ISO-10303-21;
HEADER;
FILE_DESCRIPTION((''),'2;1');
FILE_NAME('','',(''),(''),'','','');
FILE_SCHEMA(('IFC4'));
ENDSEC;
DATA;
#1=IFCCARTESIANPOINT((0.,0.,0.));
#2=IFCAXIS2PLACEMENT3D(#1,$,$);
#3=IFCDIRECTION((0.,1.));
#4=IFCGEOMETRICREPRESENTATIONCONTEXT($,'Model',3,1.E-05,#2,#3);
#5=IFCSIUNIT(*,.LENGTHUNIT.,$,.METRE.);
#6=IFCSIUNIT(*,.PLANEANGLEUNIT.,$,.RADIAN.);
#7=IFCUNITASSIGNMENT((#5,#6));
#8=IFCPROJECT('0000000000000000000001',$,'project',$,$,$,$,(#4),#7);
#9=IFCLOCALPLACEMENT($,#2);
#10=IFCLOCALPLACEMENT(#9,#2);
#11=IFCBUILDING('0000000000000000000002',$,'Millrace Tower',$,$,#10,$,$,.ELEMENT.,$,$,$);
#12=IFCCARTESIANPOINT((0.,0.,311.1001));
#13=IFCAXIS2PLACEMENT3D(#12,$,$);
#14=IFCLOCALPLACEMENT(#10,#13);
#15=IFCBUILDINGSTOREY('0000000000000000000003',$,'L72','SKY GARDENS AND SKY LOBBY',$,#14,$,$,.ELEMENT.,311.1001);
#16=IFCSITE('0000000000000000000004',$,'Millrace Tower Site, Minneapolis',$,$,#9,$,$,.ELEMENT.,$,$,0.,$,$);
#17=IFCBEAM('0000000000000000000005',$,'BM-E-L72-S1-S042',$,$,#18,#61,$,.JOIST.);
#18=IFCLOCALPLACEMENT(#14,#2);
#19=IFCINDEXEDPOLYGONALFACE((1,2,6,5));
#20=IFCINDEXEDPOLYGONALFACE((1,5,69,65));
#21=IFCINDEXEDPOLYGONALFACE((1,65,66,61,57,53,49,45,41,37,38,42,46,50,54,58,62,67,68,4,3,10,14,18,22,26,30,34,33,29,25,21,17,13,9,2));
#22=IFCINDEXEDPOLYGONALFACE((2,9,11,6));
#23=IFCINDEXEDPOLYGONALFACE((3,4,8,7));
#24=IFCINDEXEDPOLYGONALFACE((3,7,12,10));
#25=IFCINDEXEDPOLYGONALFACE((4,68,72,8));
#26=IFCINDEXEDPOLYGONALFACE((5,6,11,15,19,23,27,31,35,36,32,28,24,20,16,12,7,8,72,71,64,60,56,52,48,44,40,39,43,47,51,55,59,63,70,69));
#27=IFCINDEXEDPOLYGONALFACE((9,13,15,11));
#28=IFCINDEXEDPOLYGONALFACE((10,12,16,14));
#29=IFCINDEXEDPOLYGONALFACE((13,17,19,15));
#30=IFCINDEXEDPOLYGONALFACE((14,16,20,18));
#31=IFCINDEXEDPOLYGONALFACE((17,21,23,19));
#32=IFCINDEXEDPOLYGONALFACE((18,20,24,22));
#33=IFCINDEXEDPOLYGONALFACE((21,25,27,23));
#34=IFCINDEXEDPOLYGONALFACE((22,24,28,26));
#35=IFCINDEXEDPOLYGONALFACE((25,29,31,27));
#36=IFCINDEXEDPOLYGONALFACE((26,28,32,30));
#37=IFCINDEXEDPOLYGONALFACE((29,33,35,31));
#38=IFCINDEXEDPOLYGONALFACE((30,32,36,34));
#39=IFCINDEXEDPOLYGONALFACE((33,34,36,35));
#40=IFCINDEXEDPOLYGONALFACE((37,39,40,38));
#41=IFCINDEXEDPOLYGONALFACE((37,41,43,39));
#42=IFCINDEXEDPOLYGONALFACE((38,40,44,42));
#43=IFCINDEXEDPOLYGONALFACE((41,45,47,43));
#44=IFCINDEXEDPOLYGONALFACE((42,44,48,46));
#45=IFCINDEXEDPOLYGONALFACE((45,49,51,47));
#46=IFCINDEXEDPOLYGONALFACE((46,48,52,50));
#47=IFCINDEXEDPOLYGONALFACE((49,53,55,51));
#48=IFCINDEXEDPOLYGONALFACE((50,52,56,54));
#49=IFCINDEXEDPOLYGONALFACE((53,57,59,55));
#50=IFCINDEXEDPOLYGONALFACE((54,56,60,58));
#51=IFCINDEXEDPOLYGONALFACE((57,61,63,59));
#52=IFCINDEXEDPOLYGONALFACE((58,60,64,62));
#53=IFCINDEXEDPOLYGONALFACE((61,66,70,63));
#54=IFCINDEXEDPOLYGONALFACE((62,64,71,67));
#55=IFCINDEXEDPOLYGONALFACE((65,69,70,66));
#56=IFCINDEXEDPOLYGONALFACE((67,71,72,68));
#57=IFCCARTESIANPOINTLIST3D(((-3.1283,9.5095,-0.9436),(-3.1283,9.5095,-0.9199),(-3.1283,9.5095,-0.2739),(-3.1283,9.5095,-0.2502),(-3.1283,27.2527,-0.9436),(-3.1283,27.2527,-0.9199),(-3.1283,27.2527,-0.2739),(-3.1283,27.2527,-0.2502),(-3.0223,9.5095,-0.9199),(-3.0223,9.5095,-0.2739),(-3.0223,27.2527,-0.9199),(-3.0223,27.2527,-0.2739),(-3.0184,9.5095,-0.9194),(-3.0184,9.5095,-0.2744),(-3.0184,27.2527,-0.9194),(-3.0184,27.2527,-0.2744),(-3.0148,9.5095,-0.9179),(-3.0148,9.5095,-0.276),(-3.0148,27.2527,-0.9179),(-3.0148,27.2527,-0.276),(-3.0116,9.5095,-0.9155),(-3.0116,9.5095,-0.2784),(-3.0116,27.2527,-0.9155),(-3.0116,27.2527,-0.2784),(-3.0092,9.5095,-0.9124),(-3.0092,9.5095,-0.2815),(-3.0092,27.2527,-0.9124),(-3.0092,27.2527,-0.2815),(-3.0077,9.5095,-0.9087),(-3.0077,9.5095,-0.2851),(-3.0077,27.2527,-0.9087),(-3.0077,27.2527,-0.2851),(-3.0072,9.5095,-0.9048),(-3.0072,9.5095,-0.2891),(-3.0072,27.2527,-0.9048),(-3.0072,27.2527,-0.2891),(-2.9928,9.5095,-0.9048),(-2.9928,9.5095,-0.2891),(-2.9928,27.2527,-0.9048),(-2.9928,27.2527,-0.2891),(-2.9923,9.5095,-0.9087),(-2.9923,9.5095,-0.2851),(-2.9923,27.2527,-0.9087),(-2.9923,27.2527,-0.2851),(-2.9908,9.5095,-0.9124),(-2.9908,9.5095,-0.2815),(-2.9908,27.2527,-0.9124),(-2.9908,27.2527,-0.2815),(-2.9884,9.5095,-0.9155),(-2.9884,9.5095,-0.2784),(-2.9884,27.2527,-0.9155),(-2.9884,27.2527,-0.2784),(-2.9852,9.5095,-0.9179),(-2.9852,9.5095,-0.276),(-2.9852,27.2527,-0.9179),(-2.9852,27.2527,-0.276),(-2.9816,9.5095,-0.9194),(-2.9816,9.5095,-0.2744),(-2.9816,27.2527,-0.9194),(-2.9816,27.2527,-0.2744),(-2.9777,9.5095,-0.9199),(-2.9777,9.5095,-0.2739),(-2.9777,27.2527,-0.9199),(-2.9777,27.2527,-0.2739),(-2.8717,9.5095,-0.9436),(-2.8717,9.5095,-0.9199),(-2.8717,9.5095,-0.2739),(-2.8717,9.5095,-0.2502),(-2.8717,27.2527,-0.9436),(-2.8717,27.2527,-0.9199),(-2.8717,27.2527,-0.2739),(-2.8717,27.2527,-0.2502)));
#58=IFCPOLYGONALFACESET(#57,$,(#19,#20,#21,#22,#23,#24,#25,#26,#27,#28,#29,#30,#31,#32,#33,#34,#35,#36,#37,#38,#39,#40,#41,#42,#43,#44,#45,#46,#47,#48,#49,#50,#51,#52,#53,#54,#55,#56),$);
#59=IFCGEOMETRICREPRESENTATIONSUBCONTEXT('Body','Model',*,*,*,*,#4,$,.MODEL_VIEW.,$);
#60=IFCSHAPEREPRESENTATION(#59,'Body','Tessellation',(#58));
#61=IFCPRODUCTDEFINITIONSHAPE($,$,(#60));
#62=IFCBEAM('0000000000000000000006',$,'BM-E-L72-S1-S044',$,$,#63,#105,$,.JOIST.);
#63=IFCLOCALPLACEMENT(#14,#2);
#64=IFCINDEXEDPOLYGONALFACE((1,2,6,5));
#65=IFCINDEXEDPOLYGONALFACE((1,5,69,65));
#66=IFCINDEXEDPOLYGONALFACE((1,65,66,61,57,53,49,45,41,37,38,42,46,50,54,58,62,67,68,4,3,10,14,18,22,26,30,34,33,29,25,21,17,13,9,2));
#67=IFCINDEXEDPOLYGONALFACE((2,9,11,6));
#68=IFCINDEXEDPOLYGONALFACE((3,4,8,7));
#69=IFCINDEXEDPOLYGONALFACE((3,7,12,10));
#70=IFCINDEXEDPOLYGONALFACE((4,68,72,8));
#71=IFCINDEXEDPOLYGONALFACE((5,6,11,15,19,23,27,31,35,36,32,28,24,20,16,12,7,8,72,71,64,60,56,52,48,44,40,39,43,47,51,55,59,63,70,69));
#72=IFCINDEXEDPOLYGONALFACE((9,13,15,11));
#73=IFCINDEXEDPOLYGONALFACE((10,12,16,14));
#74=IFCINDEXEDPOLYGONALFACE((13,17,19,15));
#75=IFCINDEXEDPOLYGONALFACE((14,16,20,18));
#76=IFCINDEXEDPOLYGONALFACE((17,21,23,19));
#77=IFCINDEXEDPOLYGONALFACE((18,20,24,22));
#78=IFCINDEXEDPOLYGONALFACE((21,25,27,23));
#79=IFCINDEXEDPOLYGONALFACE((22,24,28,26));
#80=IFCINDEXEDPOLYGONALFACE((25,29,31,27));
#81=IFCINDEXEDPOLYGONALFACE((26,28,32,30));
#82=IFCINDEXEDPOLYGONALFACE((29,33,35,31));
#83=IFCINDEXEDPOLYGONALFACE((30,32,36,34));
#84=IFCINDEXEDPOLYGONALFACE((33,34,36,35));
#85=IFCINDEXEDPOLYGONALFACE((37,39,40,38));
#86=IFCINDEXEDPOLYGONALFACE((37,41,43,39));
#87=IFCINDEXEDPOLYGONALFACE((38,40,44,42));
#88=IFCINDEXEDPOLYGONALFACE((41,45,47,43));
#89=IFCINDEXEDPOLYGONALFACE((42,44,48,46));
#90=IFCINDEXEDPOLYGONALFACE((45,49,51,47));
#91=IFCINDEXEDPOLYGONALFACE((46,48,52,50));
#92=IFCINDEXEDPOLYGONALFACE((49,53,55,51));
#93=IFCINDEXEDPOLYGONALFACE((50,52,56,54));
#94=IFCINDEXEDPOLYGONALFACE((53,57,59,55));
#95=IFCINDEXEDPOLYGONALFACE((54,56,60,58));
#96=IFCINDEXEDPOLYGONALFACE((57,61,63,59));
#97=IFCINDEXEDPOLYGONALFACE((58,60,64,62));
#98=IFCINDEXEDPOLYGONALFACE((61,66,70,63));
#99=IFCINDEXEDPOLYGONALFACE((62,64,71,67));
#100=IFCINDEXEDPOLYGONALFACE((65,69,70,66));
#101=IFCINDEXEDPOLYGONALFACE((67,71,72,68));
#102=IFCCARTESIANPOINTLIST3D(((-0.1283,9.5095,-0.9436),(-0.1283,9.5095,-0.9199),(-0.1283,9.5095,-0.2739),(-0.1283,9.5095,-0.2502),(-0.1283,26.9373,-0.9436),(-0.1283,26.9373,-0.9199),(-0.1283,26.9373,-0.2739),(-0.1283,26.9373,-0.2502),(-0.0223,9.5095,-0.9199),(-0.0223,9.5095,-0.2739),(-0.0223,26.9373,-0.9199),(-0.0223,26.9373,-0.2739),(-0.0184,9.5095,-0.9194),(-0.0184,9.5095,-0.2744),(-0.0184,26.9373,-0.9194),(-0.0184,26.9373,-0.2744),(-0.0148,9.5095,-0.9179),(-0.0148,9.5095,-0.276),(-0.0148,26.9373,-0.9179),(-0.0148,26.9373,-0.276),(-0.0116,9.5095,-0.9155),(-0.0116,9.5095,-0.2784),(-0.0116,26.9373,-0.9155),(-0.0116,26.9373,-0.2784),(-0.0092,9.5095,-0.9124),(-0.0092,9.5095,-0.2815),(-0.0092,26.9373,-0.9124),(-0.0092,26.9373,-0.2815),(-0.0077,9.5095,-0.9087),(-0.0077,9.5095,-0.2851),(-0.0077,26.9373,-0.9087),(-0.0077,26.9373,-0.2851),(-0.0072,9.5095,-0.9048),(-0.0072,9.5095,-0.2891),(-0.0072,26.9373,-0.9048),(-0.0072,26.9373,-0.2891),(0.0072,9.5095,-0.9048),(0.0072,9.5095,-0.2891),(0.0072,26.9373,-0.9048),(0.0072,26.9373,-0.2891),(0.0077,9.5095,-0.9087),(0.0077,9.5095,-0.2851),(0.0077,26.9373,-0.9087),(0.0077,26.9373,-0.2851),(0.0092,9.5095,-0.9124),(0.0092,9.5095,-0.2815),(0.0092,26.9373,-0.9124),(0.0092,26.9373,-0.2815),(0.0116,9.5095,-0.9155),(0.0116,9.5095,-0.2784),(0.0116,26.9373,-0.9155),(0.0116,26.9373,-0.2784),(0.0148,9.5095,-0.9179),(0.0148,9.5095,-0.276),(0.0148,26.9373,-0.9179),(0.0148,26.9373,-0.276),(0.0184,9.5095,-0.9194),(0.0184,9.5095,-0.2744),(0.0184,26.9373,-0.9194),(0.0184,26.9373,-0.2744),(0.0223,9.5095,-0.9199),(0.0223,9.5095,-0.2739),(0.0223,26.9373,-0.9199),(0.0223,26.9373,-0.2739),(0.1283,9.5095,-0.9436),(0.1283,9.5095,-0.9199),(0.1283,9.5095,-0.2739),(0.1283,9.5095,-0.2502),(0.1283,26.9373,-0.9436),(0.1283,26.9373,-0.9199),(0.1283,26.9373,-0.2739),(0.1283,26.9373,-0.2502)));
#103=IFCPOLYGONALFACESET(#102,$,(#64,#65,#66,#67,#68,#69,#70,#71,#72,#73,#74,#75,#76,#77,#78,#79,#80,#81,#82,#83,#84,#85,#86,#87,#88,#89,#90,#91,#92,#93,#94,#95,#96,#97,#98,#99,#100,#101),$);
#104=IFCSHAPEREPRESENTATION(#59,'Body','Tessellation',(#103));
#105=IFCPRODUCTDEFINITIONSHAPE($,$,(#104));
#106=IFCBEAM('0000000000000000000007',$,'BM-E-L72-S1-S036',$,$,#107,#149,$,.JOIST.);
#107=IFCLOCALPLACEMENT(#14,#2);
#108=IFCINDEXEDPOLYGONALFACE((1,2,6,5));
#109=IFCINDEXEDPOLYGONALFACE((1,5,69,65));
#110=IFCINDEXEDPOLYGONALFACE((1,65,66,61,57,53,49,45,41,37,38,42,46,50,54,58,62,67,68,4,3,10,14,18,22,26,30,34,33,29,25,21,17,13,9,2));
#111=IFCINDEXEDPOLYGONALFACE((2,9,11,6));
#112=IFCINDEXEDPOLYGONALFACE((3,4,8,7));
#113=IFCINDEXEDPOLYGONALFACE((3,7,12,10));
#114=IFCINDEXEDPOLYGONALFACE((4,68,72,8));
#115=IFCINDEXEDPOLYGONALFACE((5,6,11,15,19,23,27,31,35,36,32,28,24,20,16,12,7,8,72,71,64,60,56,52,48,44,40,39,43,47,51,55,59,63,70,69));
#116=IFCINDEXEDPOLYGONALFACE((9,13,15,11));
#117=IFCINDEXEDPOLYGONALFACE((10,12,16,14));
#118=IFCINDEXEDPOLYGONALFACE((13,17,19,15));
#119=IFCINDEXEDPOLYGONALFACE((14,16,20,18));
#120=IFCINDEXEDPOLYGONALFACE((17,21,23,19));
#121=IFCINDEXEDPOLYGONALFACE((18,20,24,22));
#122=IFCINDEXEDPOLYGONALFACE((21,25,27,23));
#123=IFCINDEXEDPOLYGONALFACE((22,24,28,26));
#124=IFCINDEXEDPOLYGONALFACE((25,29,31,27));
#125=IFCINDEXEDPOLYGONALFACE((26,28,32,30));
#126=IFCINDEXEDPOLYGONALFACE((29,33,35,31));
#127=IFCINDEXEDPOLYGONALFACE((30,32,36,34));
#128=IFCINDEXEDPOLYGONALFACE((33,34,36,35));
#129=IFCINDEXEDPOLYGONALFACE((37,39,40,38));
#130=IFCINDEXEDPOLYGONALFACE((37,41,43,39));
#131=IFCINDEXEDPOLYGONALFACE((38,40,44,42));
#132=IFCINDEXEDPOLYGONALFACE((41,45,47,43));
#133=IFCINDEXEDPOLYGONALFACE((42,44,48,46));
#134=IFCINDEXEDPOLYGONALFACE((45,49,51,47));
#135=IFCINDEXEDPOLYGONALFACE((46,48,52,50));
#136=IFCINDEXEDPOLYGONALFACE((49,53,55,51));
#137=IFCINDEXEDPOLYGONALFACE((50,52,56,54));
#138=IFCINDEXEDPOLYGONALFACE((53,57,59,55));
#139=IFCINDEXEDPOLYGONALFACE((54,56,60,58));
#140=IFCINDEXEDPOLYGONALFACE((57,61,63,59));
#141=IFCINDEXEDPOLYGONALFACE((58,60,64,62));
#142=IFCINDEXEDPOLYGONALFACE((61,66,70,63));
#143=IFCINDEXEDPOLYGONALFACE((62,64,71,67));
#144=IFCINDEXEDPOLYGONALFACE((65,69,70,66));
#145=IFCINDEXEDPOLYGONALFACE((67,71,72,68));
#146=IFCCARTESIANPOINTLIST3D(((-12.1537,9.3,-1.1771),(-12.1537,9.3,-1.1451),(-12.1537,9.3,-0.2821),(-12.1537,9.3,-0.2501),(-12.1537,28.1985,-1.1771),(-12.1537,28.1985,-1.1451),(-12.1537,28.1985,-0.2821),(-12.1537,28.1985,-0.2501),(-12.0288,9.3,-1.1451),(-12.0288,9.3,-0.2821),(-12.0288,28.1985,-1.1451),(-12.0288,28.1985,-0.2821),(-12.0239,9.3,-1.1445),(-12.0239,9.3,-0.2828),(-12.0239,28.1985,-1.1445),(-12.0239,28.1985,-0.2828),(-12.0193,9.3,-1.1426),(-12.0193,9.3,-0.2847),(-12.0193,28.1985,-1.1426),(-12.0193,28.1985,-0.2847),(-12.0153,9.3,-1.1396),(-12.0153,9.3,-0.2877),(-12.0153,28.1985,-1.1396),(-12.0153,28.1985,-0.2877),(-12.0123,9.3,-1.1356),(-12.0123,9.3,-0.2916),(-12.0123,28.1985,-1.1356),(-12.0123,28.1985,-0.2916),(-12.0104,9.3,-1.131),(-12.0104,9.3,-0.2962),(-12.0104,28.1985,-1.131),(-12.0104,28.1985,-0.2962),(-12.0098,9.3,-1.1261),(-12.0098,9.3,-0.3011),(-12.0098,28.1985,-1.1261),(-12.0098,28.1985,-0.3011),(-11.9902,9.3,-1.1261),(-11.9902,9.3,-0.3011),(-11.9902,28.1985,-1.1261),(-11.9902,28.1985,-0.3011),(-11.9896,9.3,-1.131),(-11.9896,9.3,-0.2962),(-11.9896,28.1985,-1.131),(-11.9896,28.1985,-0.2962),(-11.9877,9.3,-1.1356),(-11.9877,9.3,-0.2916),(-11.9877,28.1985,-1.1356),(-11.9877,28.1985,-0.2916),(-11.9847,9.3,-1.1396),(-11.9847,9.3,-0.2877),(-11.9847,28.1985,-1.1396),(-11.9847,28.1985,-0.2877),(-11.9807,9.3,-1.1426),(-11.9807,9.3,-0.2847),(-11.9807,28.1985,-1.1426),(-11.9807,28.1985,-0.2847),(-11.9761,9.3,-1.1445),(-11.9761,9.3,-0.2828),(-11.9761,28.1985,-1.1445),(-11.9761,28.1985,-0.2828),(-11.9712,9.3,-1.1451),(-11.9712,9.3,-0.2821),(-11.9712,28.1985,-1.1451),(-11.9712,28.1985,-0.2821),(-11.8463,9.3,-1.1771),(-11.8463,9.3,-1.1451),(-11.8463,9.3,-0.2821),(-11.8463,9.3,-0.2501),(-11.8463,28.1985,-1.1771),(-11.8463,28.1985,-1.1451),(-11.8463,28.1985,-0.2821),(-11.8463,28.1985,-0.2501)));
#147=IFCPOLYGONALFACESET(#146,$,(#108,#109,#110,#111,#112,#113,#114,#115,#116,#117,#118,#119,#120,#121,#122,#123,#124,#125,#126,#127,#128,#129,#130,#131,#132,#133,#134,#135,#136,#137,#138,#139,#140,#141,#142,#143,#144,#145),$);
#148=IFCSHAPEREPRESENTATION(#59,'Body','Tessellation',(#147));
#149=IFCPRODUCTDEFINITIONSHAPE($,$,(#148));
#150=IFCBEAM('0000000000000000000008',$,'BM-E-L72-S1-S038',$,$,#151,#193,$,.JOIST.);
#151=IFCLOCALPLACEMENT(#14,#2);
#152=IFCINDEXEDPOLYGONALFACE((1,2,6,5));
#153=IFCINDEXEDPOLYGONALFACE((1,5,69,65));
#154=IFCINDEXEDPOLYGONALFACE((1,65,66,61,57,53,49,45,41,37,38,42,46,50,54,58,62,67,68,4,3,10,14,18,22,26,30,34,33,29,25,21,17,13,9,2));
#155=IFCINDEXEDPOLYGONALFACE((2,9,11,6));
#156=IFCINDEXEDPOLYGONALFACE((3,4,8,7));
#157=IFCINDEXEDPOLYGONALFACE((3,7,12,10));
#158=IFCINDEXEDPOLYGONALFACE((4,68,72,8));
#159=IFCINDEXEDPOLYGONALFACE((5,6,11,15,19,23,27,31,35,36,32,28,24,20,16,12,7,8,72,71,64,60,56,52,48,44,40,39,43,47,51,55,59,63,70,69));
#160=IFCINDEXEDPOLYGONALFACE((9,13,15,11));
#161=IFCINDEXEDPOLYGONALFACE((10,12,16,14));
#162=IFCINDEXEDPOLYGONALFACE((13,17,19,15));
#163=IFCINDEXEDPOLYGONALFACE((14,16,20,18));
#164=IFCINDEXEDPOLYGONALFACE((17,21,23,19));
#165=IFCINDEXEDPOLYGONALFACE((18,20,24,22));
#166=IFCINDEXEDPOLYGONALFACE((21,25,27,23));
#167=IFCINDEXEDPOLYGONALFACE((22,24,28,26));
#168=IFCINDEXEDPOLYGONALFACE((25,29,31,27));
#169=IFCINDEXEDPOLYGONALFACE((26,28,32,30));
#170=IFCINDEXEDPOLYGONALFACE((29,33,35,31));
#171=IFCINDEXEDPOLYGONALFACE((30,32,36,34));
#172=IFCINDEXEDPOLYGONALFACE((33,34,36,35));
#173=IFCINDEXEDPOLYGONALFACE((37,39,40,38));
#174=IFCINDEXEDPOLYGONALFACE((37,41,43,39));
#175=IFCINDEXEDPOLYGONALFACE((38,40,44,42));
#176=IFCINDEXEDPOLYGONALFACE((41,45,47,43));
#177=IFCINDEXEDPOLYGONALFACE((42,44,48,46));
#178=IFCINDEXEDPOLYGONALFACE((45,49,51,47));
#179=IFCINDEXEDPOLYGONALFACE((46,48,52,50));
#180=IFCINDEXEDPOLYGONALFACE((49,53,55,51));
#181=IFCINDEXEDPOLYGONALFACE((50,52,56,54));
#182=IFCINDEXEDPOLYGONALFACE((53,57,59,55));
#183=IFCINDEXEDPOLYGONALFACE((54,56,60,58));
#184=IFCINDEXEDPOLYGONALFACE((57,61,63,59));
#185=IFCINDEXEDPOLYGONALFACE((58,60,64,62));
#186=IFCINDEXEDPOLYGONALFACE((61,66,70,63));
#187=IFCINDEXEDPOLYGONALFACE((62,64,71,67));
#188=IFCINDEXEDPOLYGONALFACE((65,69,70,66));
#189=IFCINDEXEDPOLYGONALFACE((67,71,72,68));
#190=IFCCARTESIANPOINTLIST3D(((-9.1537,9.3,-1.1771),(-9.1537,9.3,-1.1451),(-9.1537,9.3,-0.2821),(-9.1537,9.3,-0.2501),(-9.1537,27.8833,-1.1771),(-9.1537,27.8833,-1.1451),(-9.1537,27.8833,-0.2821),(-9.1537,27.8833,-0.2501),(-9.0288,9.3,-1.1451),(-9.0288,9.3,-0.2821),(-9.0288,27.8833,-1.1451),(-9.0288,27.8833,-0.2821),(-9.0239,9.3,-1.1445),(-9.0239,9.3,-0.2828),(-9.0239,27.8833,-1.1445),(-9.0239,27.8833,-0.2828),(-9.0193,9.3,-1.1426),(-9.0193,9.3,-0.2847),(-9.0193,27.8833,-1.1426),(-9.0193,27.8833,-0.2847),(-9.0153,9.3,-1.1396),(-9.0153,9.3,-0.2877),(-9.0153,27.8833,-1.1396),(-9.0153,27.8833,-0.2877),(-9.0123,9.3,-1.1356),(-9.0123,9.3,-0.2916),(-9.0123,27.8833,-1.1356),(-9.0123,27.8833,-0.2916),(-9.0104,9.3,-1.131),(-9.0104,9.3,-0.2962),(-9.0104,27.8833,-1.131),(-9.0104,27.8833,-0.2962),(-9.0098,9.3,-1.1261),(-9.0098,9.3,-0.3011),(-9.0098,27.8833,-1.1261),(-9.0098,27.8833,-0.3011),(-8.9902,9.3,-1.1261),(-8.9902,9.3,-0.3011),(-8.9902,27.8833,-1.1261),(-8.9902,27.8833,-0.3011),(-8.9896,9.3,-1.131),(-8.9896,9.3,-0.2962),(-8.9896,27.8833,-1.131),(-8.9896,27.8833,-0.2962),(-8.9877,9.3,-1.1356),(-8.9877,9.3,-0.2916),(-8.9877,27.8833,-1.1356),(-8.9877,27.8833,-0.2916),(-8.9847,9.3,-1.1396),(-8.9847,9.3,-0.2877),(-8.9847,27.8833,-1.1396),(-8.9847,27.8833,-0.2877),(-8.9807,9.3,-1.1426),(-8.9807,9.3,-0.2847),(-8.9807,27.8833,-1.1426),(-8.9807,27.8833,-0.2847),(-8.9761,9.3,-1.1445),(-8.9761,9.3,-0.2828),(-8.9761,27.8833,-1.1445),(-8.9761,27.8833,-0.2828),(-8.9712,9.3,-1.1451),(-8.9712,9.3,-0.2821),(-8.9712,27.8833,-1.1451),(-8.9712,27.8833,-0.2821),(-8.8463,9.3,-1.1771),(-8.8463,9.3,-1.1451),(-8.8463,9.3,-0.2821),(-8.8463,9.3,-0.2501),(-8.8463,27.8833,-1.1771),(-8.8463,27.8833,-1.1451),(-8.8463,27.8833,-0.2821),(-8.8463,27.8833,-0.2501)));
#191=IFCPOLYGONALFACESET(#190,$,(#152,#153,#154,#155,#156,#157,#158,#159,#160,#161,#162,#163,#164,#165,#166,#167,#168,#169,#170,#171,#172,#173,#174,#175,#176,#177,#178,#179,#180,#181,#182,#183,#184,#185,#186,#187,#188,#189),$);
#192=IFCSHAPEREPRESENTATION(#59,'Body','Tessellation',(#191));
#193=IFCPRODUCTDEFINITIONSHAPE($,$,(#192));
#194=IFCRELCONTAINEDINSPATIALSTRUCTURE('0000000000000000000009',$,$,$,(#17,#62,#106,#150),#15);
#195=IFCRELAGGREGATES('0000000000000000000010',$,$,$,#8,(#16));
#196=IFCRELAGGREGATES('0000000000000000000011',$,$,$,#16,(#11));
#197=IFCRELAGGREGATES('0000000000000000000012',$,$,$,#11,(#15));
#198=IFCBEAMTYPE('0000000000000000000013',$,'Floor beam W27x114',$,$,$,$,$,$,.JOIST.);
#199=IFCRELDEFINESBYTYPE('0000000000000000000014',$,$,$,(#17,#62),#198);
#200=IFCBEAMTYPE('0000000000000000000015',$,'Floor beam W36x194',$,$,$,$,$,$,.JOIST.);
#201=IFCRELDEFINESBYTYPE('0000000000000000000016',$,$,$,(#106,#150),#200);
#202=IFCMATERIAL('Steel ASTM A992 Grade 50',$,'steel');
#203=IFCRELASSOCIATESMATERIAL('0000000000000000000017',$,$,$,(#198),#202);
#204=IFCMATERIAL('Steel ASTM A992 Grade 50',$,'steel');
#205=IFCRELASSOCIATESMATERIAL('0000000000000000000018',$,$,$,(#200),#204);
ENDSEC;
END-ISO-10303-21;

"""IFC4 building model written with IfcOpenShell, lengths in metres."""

from ifc_helpers import new_model, si_unit, direction, frame, origin, origin_2d, place, context, subcontext, project, spatial, i_section, extrude, material, material_profile, profile_set, type_object, element, save


model = new_model("IFC4")

# Units and contexts
model_context = context("Model", 3, precision=1e-05, world=origin(), true_north=direction((0.0, 1.0)))
body_context = subcontext(model_context, "Body", "Model", "MODEL_VIEW")
ifc_project = project(units=[si_unit("LENGTHUNIT", "METRE"), si_unit("PLANEANGLEUNIT", "RADIAN")], contexts=[model_context])

# Site, building, storey
site_placement = place(None, origin())
site = spatial("IfcSite", under=ifc_project, at=site_placement, Name="Millrace Tower Site, Minneapolis", CompositionType="ELEMENT", RefElevation=0.0)
building_placement = place(site_placement, origin())
building = spatial("IfcBuilding", under=site, at=building_placement, Name="Millrace Tower", CompositionType="ELEMENT")
storey_placement = place(building_placement, frame((0.0, 0.0, 311.1001)))
storey = spatial("IfcBuildingStorey", under=building, at=storey_placement, Name="L72", Description="SKY GARDENS AND SKY LOBBY", CompositionType="ELEMENT", Elevation=311.1001)

# Beams
ifc_material_1 = material(Name="Steel ASTM A992 Grade 50", Category="steel")
ifc_material_profile_1 = material_profile(ifc_material_1, i_section(OverallWidth=0.2566, OverallDepth=0.6934, WebThickness=0.0144, FlangeThickness=0.0237, FilletRadius=0.0151, at=origin_2d()))
ifc_profile_set_1 = profile_set([ifc_material_profile_1], Name="Steel ASTM A992 Grade 50")
beam_type_1 = type_object("IfcBeamType", Name="Floor beam W27x114", PredefinedType="JOIST", material=ifc_profile_set_1)
beam_1_placement = place(storey_placement, frame((-3.0, 9.5095, -0.5969), z_axis=(0.0, 1.0, 0.0), x_axis=(-1.0, 0.0, 0.0)))
element("IfcBeam", 1, at=beam_1_placement, inside=storey, type_object=beam_type_1, Name="BM-E-L72-S1-S042", PredefinedType="JOIST", context=body_context, shape_type="SweptSolid", body=[
    extrude(i_section(OverallWidth=0.2566, OverallDepth=0.6934, WebThickness=0.0144, FlangeThickness=0.0237, FilletRadius=0.0151, at=origin_2d()), origin(), (0.0, 0.0, 1.0), 17.7432),
])
beam_2_placement = place(storey_placement, frame((0.0, 9.5095, -0.5969), z_axis=(0.0, 1.0, 0.0), x_axis=(-1.0, 0.0, 0.0)))
element("IfcBeam", 2, at=beam_2_placement, inside=storey, type_object=beam_type_1, Name="BM-E-L72-S1-S044", PredefinedType="JOIST", context=body_context, shape_type="SweptSolid", body=[
    extrude(i_section(OverallWidth=0.2566, OverallDepth=0.6934, WebThickness=0.0144, FlangeThickness=0.0237, FilletRadius=0.0151, at=origin_2d()), origin(), (0.0, 0.0, 1.0), 17.4277),
])
ifc_material_2 = material(Name="Steel ASTM A992 Grade 50", Category="steel")
ifc_material_profile_2 = material_profile(ifc_material_2, i_section(OverallWidth=0.3074, OverallDepth=0.927, WebThickness=0.0195, FlangeThickness=0.032, FilletRadius=0.019, at=origin_2d()))
ifc_profile_set_2 = profile_set([ifc_material_profile_2], Name="Steel ASTM A992 Grade 50")
beam_type_2 = type_object("IfcBeamType", Name="Floor beam W36x194", PredefinedType="JOIST", material=ifc_profile_set_2)
beam_3_placement = place(storey_placement, frame((-12.0, 9.3, -0.7136), z_axis=(0.0, 1.0, 0.0), x_axis=(-1.0, 0.0, 0.0)))
element("IfcBeam", 3, at=beam_3_placement, inside=storey, type_object=beam_type_2, Name="BM-E-L72-S1-S036", PredefinedType="JOIST", context=body_context, shape_type="SweptSolid", body=[
    extrude(i_section(OverallWidth=0.3074, OverallDepth=0.927, WebThickness=0.0195, FlangeThickness=0.032, FilletRadius=0.019, at=origin_2d()), origin(), (0.0, 0.0, 1.0), 18.8984),
])
beam_4_placement = place(storey_placement, frame((-9.0, 9.3, -0.7136), z_axis=(0.0, 1.0, 0.0), x_axis=(-1.0, 0.0, 0.0)))
element("IfcBeam", 4, at=beam_4_placement, inside=storey, type_object=beam_type_2, Name="BM-E-L72-S1-S038", PredefinedType="JOIST", context=body_context, shape_type="SweptSolid", body=[
    extrude(i_section(OverallWidth=0.3074, OverallDepth=0.927, WebThickness=0.0195, FlangeThickness=0.032, FilletRadius=0.019, at=origin_2d()), origin(), (0.0, 0.0, 1.0), 18.5833),
])

save(model, "model.ifc")
